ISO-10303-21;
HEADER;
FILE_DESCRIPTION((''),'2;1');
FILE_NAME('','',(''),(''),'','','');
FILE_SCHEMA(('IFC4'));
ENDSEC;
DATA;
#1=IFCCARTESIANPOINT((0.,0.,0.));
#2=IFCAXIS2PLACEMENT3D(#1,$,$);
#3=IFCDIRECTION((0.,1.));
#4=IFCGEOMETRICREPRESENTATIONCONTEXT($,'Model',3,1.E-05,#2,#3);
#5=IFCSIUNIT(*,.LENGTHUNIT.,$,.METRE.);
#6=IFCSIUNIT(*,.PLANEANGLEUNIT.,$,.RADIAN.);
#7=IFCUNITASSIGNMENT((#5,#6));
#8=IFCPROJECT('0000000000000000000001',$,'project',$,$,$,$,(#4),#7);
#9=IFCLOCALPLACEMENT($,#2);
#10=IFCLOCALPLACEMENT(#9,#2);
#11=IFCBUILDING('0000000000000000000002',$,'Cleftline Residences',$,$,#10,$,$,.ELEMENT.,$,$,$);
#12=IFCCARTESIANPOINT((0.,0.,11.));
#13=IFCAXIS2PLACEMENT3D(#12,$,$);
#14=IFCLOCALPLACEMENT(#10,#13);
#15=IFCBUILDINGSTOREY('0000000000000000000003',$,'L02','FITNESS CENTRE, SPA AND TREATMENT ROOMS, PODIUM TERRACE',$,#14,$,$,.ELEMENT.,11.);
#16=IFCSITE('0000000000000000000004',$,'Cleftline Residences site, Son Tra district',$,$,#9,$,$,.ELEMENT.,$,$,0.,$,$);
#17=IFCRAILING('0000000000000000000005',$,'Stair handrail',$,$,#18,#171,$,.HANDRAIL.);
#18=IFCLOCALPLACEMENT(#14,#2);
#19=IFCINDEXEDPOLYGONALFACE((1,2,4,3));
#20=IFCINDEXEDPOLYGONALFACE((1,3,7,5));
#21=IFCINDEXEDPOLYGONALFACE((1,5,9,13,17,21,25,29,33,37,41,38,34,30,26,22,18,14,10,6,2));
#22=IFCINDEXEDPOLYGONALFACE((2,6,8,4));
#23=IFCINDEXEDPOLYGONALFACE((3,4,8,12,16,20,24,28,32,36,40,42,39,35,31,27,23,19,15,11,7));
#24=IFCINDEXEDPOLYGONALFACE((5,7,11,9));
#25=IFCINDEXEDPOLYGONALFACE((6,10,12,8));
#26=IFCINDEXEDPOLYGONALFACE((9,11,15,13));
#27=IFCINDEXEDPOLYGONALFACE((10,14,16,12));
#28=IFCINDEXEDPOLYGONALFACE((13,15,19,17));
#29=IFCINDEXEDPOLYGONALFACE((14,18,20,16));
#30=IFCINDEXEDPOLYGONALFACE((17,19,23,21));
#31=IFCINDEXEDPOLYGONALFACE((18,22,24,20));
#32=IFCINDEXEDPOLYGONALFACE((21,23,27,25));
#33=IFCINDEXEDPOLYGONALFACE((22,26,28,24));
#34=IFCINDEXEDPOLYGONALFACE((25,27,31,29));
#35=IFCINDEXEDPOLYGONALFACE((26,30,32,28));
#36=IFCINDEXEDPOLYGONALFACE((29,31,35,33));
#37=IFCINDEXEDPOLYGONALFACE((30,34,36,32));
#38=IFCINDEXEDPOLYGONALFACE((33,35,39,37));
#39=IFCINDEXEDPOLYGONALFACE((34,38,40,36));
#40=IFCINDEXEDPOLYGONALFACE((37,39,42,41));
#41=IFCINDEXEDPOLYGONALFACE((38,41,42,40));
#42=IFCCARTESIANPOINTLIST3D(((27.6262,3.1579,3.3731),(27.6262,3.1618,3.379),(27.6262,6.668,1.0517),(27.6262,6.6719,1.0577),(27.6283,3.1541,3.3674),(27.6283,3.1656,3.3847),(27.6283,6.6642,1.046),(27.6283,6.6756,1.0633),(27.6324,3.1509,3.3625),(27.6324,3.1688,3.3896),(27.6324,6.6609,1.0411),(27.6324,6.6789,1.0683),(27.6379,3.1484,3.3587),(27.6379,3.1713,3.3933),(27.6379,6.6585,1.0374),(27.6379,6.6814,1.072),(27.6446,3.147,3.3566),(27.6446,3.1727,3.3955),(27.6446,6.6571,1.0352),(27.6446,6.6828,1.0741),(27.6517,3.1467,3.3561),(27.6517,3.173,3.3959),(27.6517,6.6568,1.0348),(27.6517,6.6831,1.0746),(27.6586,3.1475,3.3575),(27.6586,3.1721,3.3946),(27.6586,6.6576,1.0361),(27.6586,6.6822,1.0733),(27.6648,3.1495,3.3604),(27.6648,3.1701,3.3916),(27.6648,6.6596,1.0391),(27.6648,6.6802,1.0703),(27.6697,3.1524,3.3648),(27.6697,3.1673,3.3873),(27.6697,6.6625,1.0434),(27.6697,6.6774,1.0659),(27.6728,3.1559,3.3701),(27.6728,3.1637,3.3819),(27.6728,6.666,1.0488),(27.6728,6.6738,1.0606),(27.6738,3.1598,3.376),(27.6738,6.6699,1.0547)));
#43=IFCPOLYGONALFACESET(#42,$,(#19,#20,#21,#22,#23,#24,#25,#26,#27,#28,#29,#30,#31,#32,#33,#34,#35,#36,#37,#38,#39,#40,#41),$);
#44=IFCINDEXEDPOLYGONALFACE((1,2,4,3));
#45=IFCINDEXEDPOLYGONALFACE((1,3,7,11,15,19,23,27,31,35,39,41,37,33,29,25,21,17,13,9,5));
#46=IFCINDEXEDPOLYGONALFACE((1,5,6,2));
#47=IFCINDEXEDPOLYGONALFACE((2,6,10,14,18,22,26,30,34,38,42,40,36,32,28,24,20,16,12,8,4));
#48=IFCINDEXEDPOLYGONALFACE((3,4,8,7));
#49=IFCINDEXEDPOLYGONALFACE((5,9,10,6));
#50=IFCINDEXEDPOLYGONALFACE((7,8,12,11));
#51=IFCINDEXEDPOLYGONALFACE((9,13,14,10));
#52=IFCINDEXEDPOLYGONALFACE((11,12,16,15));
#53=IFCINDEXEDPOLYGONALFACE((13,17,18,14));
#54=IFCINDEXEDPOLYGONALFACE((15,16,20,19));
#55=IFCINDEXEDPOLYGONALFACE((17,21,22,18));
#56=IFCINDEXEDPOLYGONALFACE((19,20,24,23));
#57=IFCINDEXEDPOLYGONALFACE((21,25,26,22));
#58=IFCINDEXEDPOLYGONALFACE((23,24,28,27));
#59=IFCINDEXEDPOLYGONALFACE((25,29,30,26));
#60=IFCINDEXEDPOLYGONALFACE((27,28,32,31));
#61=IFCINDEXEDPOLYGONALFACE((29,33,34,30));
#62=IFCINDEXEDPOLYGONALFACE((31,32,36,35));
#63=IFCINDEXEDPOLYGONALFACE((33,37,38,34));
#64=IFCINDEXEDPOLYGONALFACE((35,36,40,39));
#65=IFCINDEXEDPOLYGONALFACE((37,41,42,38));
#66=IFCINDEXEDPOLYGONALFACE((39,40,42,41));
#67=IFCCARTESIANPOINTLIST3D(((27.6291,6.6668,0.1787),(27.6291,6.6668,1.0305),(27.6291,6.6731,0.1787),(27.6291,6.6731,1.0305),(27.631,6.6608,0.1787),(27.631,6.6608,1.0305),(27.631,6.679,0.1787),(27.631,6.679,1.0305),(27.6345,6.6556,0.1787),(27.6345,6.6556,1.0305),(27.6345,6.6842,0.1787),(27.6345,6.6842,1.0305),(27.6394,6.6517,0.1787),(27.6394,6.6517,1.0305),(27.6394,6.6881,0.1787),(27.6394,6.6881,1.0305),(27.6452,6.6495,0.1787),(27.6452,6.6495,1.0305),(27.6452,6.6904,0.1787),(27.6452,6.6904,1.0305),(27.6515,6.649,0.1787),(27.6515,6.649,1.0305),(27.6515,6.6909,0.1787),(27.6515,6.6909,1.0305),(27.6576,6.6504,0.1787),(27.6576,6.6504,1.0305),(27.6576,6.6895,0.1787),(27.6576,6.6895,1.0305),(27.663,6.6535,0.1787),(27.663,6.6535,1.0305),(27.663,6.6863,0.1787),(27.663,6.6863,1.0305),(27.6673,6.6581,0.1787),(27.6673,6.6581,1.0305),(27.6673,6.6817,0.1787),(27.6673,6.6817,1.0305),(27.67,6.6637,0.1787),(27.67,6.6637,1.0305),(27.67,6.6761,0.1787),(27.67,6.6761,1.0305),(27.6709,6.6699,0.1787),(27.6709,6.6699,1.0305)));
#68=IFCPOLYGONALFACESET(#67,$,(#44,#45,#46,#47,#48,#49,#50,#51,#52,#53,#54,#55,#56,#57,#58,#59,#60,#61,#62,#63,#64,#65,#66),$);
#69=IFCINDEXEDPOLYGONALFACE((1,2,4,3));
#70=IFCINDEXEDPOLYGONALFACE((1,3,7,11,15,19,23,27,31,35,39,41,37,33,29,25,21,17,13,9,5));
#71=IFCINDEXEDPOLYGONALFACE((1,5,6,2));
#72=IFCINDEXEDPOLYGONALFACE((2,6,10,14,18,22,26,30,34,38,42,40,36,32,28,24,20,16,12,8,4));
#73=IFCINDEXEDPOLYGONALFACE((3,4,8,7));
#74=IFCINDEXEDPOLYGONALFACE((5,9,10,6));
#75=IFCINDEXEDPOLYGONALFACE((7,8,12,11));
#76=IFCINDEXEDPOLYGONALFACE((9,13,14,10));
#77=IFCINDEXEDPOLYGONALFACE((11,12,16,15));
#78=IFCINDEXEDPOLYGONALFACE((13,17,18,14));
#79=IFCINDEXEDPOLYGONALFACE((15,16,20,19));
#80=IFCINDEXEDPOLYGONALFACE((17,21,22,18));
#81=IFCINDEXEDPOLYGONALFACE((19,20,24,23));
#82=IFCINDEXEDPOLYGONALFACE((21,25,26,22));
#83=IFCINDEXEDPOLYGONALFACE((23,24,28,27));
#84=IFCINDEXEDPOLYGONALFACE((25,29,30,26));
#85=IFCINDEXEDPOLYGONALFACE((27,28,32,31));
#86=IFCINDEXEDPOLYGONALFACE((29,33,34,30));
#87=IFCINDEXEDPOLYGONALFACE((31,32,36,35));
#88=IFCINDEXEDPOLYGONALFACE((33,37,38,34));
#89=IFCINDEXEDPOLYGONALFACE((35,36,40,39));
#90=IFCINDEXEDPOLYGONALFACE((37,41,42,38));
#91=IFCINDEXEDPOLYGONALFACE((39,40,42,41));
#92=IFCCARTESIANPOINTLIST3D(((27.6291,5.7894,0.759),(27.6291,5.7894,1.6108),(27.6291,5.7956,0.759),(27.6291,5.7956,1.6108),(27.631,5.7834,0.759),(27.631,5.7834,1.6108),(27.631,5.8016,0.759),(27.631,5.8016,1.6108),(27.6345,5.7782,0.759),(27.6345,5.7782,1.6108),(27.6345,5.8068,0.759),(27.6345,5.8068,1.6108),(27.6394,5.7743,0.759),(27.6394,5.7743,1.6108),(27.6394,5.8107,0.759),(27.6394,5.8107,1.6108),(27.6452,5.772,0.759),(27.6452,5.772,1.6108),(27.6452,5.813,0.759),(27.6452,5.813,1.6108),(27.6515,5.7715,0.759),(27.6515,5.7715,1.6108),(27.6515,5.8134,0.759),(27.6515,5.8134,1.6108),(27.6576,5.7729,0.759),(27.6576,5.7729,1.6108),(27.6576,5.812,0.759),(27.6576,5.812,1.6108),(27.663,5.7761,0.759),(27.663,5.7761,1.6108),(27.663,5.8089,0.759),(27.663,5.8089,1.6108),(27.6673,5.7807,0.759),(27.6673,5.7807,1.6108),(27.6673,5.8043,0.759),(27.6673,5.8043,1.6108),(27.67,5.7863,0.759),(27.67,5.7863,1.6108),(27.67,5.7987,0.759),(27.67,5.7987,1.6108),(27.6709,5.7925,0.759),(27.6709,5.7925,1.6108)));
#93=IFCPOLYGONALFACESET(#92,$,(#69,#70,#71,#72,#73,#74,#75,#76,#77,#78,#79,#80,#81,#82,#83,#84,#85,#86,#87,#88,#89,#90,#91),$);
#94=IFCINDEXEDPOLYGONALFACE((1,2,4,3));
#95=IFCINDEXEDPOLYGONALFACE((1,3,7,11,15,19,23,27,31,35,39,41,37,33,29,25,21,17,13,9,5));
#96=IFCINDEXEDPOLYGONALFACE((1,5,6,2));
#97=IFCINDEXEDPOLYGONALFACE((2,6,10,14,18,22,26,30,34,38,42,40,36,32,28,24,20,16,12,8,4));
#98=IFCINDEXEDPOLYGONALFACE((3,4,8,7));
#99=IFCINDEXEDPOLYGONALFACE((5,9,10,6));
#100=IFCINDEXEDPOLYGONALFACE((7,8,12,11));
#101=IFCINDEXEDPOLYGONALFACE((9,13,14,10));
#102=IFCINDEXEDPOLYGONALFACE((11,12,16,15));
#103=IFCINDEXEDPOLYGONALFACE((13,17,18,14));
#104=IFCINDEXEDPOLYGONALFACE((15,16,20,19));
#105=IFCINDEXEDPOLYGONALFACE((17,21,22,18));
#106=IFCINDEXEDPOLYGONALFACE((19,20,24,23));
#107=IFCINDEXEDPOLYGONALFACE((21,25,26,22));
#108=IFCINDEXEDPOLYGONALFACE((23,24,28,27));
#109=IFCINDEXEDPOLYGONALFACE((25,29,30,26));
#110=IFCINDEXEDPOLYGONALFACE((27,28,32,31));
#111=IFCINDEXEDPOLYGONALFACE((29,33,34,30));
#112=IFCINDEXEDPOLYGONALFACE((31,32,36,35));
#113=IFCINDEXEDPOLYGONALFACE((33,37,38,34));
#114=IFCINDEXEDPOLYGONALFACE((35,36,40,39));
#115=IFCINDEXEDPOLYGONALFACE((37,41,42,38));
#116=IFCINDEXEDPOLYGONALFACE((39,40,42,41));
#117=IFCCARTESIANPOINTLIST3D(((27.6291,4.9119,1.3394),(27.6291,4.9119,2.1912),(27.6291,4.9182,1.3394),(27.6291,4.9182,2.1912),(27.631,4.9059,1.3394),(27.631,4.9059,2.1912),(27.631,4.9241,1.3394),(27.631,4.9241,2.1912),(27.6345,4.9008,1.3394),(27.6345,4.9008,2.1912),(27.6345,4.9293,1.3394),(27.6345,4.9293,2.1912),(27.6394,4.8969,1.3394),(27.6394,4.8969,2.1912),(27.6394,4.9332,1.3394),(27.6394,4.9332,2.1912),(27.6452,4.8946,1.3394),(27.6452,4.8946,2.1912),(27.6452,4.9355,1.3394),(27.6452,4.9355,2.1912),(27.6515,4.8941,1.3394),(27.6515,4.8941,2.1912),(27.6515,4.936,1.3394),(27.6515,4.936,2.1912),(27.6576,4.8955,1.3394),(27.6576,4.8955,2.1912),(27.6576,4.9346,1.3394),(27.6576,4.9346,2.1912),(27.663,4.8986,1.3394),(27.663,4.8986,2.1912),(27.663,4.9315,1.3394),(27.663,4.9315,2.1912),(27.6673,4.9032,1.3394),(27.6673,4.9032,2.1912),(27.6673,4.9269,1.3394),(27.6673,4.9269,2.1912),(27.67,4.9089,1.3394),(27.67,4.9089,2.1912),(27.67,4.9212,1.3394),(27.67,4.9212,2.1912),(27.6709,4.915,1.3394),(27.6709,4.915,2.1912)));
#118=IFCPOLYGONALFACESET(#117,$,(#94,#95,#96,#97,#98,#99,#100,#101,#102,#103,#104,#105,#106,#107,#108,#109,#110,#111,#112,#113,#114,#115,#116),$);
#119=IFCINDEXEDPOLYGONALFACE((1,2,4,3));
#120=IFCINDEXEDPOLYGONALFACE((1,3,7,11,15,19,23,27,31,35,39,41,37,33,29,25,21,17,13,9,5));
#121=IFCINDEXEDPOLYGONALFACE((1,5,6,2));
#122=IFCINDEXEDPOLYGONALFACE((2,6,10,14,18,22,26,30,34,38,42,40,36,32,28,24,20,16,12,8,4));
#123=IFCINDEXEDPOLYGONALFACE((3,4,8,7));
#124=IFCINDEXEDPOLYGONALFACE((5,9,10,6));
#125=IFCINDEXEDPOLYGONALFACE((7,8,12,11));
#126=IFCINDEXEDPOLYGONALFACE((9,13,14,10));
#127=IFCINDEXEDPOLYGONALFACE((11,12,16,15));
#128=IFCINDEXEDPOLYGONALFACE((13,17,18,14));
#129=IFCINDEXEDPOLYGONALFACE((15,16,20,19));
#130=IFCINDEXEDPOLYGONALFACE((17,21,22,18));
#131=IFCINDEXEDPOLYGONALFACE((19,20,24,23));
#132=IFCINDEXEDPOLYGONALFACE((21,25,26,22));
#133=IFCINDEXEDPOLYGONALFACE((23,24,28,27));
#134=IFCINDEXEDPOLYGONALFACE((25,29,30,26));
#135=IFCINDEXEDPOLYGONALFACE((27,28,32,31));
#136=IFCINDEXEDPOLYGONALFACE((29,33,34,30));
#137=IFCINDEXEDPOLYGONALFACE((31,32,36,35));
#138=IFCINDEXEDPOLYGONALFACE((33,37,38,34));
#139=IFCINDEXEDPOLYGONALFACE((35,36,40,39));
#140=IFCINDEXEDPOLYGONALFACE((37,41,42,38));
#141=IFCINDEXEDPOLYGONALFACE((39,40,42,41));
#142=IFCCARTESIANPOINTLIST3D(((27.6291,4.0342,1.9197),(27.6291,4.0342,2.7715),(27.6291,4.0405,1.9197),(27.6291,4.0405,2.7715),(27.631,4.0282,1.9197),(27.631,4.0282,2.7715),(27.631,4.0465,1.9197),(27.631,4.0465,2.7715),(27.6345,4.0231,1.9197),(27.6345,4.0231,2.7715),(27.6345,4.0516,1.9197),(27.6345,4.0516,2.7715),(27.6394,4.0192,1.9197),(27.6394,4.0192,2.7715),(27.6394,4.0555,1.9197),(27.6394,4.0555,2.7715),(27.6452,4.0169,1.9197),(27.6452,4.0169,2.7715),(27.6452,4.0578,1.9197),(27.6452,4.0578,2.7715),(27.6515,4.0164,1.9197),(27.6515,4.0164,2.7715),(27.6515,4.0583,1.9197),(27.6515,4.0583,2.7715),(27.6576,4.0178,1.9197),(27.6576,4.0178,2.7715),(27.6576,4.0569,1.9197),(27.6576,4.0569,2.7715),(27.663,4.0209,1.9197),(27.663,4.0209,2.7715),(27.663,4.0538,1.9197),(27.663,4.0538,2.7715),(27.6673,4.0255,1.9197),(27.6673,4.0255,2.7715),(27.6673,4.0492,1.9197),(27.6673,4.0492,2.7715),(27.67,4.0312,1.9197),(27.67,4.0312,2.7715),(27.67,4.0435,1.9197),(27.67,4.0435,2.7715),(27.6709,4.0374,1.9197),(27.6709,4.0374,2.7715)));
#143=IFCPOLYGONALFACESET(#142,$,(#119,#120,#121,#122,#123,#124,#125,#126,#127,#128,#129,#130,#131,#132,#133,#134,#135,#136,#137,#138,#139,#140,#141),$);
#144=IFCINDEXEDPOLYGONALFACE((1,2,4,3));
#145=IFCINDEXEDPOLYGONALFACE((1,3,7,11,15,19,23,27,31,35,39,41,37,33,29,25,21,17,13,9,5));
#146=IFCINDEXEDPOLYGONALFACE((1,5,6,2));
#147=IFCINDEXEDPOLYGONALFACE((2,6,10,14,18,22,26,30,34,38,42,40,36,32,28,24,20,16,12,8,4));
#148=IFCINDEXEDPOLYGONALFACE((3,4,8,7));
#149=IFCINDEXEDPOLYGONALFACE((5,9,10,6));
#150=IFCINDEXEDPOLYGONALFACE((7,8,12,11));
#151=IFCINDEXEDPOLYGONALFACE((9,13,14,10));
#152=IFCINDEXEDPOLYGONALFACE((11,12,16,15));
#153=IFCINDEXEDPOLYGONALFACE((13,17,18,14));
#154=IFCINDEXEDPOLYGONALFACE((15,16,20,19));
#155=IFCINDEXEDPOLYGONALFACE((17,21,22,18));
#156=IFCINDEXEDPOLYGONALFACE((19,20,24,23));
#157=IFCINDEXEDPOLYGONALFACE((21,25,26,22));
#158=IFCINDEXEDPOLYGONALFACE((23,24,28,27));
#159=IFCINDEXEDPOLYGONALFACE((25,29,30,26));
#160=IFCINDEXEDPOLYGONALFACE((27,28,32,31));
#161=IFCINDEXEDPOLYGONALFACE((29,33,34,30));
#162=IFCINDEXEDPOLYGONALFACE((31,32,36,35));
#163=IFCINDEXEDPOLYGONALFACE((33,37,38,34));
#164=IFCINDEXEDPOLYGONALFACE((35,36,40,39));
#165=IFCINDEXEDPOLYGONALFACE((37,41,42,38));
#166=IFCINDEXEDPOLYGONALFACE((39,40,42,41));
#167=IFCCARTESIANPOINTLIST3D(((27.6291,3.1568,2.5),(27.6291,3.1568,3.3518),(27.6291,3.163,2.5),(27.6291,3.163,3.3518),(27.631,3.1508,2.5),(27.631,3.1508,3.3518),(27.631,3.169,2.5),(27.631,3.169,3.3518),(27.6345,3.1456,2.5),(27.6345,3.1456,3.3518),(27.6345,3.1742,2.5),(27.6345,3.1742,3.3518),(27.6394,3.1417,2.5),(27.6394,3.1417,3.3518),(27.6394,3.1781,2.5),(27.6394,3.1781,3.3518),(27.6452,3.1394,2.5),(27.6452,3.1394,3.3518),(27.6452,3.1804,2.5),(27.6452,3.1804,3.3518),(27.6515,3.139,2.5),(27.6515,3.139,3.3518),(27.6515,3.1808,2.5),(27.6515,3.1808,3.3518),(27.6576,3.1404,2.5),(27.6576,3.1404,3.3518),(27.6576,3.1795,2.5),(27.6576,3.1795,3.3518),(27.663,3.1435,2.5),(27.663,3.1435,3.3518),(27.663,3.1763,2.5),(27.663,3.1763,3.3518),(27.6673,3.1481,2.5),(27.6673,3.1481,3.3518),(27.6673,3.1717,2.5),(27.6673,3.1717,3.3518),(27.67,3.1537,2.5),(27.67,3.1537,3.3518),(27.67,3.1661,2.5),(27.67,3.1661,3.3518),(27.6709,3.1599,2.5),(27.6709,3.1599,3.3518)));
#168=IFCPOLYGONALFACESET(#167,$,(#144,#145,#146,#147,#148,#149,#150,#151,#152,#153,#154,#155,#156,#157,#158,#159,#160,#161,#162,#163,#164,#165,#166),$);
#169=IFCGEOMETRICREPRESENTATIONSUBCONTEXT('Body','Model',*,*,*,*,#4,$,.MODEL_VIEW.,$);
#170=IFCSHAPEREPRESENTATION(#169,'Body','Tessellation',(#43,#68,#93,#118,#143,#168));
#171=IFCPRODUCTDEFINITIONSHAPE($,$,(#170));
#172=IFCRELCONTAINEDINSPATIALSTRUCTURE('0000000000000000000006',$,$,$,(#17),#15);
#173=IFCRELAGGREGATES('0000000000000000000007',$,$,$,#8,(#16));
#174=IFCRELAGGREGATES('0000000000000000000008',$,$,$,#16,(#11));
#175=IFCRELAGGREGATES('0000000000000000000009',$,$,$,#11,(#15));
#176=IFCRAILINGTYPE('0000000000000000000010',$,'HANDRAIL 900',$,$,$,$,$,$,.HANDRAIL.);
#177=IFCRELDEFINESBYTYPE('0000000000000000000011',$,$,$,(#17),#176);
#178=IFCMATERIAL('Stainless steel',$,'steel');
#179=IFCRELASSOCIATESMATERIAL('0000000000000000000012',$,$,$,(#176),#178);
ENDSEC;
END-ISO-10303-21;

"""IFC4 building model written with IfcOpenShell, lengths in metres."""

from ifc_helpers import new_model, si_unit, direction, frame, origin, origin_2d, place, context, subcontext, project, spatial, circle, extrude, material, type_object, element, save


model = new_model("IFC4")

# Units and contexts
model_context = context("Model", 3, precision=1e-05, world=origin(), true_north=direction((0.0, 1.0)))
body_context = subcontext(model_context, "Body", "Model", "MODEL_VIEW")
ifc_project = project(units=[si_unit("LENGTHUNIT", "METRE"), si_unit("PLANEANGLEUNIT", "RADIAN")], contexts=[model_context])

# Site, building, storey
site_placement = place(None, origin())
site = spatial("IfcSite", under=ifc_project, at=site_placement, Name="Cleftline Residences site, Son Tra district", CompositionType="ELEMENT", RefElevation=0.0)
building_placement = place(site_placement, origin())
building = spatial("IfcBuilding", under=site, at=building_placement, Name="Cleftline Residences", CompositionType="ELEMENT")
storey_placement = place(building_placement, frame((0.0, 0.0, 11.0)))
storey = spatial("IfcBuildingStorey", under=building, at=storey_placement, Name="L02", Description="FITNESS CENTRE, SPA AND TREATMENT ROOMS, PODIUM TERRACE", CompositionType="ELEMENT", Elevation=11.0)

# Railing
ifc_material_1 = material(Name="Stainless steel", Category="steel")
railing_type = type_object("IfcRailingType", Name="HANDRAIL 900", PredefinedType="HANDRAIL", material=ifc_material_1)
railing_1_placement = place(storey_placement, frame((27.6499, 6.6699, 0.1787)))
element("IfcRailing", 1, at=railing_1_placement, inside=storey, type_object=railing_type, Name="Stair handrail", PredefinedType="HANDRAIL", context=body_context, shape_type="SweptSolid", body=[
    extrude(circle(Radius=0.0239, at=origin_2d()), frame((0.0, 0.0, 0.876), z_axis=(0.0, -0.834097, 0.551617), x_axis=(1.0, 0.0, 0.0)), (0.0, 0.0, 1.0), 4.2083),
    extrude(circle(Radius=0.021, at=origin_2d()), origin(), (0.0, 0.0, 1.0), 0.8518),
    extrude(circle(Radius=0.021, at=origin_2d()), frame((0.0, -0.8774, 0.5803)), (0.0, 0.0, 1.0), 0.8518),
    extrude(circle(Radius=0.021, at=origin_2d()), frame((0.0, -1.7549, 1.1606)), (0.0, 0.0, 1.0), 0.8518),
    extrude(circle(Radius=0.021, at=origin_2d()), frame((0.0, -2.6326, 1.741)), (0.0, 0.0, 1.0), 0.8518),
    extrude(circle(Radius=0.021, at=origin_2d()), frame((0.0, -3.51, 2.3213)), (0.0, 0.0, 1.0), 0.8518),
])

save(model, "model.ifc")
